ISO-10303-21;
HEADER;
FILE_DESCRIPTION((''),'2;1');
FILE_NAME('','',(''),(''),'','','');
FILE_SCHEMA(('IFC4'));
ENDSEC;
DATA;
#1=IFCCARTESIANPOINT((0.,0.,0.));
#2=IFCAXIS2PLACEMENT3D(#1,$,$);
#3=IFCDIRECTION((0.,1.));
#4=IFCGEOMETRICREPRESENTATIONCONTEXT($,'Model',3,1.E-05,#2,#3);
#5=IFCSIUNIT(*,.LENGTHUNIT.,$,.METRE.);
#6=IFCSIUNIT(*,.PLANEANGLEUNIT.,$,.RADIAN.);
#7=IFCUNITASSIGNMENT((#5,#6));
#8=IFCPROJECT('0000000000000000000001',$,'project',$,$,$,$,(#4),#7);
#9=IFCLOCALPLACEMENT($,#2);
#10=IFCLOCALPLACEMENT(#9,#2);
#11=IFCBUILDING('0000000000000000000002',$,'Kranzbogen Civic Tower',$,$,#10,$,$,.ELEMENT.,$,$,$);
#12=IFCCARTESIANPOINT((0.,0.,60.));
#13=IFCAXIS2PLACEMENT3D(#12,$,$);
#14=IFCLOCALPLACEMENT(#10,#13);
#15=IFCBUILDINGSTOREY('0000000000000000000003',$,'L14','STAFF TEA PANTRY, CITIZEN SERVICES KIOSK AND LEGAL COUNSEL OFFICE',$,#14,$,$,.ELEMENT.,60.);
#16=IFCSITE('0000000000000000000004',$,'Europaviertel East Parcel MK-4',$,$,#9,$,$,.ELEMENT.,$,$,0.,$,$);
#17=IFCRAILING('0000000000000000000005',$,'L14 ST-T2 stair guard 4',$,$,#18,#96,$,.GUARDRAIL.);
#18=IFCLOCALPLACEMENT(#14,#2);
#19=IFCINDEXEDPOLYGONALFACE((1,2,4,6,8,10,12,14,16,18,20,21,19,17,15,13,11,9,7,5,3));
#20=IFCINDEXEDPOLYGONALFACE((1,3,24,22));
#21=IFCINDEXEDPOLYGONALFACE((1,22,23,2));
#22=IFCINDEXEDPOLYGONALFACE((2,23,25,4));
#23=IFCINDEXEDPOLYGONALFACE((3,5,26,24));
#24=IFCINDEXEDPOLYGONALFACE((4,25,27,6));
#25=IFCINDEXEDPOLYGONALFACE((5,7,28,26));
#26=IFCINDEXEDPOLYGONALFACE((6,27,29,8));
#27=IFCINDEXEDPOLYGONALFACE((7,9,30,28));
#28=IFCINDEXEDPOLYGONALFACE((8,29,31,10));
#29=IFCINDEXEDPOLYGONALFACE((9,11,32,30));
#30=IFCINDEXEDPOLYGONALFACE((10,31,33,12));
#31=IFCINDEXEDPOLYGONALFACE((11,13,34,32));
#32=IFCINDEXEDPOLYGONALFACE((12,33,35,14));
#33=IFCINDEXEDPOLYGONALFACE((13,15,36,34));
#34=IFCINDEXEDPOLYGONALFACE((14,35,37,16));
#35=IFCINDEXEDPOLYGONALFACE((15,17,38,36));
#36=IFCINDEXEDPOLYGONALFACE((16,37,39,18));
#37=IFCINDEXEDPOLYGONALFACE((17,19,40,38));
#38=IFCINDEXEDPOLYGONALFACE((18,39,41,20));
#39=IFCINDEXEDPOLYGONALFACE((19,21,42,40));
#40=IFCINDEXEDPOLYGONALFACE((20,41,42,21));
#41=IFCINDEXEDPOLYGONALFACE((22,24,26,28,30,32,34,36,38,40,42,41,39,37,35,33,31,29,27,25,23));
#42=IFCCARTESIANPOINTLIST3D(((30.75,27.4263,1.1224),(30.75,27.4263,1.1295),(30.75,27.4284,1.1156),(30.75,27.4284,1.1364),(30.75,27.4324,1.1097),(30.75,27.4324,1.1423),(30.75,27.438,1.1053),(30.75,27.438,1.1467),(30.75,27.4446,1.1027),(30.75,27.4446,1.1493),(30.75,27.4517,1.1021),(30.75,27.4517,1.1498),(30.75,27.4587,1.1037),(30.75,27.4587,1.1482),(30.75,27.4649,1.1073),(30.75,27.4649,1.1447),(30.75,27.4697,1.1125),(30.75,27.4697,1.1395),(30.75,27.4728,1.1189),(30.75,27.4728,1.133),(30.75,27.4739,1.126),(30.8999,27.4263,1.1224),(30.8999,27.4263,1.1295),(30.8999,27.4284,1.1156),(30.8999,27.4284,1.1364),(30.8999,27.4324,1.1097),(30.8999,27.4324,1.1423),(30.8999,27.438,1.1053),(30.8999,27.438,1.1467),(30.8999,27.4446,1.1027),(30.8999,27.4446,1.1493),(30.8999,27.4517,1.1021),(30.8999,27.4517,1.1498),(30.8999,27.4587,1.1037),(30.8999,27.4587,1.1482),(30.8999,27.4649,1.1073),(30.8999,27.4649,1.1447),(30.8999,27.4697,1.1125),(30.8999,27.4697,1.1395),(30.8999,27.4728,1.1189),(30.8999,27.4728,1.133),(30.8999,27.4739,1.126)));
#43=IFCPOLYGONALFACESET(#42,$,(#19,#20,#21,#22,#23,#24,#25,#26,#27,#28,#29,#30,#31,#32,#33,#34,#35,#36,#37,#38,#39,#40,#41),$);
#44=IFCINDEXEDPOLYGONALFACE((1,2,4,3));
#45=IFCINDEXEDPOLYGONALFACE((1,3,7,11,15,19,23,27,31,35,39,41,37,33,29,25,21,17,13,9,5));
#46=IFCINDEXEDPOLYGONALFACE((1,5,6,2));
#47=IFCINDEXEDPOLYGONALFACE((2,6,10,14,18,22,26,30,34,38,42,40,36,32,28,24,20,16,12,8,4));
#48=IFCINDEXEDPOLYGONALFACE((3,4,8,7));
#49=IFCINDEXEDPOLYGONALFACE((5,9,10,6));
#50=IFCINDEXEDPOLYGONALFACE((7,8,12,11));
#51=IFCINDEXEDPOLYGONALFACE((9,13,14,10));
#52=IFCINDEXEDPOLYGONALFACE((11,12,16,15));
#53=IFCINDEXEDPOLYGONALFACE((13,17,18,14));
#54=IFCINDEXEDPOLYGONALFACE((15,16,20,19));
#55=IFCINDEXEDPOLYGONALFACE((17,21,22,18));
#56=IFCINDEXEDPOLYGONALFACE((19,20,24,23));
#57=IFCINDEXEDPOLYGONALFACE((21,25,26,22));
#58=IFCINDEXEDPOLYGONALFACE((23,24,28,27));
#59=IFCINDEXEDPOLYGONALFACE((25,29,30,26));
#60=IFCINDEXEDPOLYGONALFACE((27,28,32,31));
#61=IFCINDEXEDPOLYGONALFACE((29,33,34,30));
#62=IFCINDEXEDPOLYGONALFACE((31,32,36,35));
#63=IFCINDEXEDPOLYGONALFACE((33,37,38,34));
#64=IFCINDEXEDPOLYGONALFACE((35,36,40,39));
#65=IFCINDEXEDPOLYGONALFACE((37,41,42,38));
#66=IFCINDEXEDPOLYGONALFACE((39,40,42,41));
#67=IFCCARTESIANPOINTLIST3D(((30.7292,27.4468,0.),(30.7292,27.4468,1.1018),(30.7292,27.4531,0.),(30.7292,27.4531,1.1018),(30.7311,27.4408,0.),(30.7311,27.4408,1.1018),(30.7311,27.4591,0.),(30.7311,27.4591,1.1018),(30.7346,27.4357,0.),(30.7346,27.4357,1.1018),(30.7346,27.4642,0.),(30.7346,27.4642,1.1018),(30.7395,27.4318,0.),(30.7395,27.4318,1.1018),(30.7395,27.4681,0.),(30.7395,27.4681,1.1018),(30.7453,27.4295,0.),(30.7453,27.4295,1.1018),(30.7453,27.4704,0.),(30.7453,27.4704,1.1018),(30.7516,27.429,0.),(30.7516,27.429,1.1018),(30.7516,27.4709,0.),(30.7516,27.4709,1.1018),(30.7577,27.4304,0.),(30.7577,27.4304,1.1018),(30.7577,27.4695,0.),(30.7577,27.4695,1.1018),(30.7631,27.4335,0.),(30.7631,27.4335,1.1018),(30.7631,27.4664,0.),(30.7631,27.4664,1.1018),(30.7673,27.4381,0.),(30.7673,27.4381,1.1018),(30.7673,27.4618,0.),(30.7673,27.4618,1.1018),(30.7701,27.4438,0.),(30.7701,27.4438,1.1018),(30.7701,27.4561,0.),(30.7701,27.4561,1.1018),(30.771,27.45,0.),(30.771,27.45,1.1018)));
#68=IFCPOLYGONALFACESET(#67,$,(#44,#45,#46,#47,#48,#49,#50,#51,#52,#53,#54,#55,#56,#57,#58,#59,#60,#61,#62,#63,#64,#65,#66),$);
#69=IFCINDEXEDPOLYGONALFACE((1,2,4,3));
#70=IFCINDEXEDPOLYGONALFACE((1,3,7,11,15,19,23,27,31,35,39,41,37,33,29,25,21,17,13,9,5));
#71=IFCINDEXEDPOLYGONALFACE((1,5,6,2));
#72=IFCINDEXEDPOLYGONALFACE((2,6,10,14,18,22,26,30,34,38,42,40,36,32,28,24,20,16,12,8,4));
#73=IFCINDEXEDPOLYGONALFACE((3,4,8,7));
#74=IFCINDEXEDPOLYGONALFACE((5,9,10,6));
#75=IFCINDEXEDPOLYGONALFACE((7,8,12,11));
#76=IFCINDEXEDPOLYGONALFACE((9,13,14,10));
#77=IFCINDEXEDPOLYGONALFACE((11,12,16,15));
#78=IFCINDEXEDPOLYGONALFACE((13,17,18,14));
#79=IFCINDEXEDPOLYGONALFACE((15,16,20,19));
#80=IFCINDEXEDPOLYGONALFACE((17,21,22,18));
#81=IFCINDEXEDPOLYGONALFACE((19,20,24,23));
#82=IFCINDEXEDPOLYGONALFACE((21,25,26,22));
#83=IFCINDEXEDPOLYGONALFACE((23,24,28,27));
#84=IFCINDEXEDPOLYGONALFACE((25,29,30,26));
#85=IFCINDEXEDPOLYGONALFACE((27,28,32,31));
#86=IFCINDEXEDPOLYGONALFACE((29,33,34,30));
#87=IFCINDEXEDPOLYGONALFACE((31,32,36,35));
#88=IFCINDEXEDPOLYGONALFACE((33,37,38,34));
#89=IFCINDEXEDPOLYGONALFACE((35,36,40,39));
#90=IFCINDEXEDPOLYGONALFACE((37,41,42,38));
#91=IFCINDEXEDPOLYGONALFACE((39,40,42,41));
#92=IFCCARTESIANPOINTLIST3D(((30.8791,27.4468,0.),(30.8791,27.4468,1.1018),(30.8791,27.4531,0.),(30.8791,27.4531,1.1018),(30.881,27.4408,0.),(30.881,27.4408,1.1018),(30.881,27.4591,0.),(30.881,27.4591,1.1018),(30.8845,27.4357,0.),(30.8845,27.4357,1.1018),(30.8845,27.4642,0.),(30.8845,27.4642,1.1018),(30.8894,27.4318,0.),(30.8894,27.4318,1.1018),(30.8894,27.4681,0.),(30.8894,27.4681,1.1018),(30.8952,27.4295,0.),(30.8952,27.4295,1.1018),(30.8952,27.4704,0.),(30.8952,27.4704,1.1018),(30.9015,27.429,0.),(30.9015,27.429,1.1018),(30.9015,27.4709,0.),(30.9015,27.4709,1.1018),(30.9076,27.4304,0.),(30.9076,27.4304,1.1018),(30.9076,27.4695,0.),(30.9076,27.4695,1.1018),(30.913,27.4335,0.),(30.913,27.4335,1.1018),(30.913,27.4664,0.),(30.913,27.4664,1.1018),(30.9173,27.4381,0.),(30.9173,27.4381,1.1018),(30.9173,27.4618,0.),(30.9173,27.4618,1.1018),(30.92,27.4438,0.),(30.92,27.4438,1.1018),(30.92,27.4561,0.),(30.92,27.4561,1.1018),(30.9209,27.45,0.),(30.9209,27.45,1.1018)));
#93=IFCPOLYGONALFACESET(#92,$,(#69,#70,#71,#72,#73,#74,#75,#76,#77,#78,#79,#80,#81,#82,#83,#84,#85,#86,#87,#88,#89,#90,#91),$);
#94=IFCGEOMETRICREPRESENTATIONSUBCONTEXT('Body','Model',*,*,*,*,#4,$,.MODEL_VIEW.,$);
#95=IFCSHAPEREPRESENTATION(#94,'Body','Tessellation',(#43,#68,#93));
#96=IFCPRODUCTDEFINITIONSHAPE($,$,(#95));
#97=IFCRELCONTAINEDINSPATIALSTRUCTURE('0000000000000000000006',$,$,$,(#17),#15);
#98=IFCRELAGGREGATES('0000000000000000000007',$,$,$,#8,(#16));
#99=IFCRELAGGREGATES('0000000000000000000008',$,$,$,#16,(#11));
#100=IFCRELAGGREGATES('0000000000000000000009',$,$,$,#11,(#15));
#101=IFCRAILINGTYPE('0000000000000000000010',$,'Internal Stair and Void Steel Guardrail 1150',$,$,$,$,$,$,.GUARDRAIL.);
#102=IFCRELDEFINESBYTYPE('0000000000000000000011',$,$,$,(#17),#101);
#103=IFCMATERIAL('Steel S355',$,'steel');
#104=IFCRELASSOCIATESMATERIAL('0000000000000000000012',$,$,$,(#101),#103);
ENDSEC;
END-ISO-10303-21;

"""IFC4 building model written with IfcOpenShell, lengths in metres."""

from ifc_helpers import new_model, si_unit, direction, frame, origin, origin_2d, place, context, subcontext, project, spatial, circle, extrude, material, type_object, element, save


model = new_model("IFC4")

# Units and contexts
model_context = context("Model", 3, precision=1e-05, world=origin(), true_north=direction((0.0, 1.0)))
body_context = subcontext(model_context, "Body", "Model", "MODEL_VIEW")
ifc_project = project(units=[si_unit("LENGTHUNIT", "METRE"), si_unit("PLANEANGLEUNIT", "RADIAN")], contexts=[model_context])

# Site, building, storey
site_placement = place(None, origin())
site = spatial("IfcSite", under=ifc_project, at=site_placement, Name="Europaviertel East Parcel MK-4", CompositionType="ELEMENT", RefElevation=0.0)
building_placement = place(site_placement, origin())
building = spatial("IfcBuilding", under=site, at=building_placement, Name="Kranzbogen Civic Tower", CompositionType="ELEMENT")
storey_placement = place(building_placement, frame((0.0, 0.0, 60.0)))
storey = spatial("IfcBuildingStorey", under=building, at=storey_placement, Name="L14", Description="STAFF TEA PANTRY, CITIZEN SERVICES KIOSK AND LEGAL COUNSEL OFFICE", CompositionType="ELEMENT", Elevation=60.0)

# Shared definitions
ifc_material_1 = material(Name="Steel S355", Category="steel")

# Railing
railing_type_1 = type_object("IfcRailingType", Name="Internal Stair and Void Steel Guardrail 1150", PredefinedType="GUARDRAIL", material=ifc_material_1)
railing_1_placement = place(storey_placement, frame((30.75, 27.45, 0.0)))
element("IfcRailing", 1, at=railing_1_placement, inside=storey, type_object=railing_type_1, Name="L14 ST-T2 stair guard 4", PredefinedType="GUARDRAIL", context=body_context, shape_type="SweptSolid", body=[
    extrude(circle(Radius=0.0239, at=origin_2d()), frame((0.0, 0.0, 1.126), z_axis=(1.0, 0.0, 0.0), x_axis=(0.0, 1.0, 0.0)), (0.0, 0.0, 1.0), 0.1499),
    extrude(circle(Radius=0.021, at=origin_2d()), origin(), (0.0, 0.0, 1.0), 1.1018),
    extrude(circle(Radius=0.021, at=origin_2d()), frame((0.1499, 0.0, 0.0)), (0.0, 0.0, 1.0), 1.1018),
])

save(model, "model.ifc")
